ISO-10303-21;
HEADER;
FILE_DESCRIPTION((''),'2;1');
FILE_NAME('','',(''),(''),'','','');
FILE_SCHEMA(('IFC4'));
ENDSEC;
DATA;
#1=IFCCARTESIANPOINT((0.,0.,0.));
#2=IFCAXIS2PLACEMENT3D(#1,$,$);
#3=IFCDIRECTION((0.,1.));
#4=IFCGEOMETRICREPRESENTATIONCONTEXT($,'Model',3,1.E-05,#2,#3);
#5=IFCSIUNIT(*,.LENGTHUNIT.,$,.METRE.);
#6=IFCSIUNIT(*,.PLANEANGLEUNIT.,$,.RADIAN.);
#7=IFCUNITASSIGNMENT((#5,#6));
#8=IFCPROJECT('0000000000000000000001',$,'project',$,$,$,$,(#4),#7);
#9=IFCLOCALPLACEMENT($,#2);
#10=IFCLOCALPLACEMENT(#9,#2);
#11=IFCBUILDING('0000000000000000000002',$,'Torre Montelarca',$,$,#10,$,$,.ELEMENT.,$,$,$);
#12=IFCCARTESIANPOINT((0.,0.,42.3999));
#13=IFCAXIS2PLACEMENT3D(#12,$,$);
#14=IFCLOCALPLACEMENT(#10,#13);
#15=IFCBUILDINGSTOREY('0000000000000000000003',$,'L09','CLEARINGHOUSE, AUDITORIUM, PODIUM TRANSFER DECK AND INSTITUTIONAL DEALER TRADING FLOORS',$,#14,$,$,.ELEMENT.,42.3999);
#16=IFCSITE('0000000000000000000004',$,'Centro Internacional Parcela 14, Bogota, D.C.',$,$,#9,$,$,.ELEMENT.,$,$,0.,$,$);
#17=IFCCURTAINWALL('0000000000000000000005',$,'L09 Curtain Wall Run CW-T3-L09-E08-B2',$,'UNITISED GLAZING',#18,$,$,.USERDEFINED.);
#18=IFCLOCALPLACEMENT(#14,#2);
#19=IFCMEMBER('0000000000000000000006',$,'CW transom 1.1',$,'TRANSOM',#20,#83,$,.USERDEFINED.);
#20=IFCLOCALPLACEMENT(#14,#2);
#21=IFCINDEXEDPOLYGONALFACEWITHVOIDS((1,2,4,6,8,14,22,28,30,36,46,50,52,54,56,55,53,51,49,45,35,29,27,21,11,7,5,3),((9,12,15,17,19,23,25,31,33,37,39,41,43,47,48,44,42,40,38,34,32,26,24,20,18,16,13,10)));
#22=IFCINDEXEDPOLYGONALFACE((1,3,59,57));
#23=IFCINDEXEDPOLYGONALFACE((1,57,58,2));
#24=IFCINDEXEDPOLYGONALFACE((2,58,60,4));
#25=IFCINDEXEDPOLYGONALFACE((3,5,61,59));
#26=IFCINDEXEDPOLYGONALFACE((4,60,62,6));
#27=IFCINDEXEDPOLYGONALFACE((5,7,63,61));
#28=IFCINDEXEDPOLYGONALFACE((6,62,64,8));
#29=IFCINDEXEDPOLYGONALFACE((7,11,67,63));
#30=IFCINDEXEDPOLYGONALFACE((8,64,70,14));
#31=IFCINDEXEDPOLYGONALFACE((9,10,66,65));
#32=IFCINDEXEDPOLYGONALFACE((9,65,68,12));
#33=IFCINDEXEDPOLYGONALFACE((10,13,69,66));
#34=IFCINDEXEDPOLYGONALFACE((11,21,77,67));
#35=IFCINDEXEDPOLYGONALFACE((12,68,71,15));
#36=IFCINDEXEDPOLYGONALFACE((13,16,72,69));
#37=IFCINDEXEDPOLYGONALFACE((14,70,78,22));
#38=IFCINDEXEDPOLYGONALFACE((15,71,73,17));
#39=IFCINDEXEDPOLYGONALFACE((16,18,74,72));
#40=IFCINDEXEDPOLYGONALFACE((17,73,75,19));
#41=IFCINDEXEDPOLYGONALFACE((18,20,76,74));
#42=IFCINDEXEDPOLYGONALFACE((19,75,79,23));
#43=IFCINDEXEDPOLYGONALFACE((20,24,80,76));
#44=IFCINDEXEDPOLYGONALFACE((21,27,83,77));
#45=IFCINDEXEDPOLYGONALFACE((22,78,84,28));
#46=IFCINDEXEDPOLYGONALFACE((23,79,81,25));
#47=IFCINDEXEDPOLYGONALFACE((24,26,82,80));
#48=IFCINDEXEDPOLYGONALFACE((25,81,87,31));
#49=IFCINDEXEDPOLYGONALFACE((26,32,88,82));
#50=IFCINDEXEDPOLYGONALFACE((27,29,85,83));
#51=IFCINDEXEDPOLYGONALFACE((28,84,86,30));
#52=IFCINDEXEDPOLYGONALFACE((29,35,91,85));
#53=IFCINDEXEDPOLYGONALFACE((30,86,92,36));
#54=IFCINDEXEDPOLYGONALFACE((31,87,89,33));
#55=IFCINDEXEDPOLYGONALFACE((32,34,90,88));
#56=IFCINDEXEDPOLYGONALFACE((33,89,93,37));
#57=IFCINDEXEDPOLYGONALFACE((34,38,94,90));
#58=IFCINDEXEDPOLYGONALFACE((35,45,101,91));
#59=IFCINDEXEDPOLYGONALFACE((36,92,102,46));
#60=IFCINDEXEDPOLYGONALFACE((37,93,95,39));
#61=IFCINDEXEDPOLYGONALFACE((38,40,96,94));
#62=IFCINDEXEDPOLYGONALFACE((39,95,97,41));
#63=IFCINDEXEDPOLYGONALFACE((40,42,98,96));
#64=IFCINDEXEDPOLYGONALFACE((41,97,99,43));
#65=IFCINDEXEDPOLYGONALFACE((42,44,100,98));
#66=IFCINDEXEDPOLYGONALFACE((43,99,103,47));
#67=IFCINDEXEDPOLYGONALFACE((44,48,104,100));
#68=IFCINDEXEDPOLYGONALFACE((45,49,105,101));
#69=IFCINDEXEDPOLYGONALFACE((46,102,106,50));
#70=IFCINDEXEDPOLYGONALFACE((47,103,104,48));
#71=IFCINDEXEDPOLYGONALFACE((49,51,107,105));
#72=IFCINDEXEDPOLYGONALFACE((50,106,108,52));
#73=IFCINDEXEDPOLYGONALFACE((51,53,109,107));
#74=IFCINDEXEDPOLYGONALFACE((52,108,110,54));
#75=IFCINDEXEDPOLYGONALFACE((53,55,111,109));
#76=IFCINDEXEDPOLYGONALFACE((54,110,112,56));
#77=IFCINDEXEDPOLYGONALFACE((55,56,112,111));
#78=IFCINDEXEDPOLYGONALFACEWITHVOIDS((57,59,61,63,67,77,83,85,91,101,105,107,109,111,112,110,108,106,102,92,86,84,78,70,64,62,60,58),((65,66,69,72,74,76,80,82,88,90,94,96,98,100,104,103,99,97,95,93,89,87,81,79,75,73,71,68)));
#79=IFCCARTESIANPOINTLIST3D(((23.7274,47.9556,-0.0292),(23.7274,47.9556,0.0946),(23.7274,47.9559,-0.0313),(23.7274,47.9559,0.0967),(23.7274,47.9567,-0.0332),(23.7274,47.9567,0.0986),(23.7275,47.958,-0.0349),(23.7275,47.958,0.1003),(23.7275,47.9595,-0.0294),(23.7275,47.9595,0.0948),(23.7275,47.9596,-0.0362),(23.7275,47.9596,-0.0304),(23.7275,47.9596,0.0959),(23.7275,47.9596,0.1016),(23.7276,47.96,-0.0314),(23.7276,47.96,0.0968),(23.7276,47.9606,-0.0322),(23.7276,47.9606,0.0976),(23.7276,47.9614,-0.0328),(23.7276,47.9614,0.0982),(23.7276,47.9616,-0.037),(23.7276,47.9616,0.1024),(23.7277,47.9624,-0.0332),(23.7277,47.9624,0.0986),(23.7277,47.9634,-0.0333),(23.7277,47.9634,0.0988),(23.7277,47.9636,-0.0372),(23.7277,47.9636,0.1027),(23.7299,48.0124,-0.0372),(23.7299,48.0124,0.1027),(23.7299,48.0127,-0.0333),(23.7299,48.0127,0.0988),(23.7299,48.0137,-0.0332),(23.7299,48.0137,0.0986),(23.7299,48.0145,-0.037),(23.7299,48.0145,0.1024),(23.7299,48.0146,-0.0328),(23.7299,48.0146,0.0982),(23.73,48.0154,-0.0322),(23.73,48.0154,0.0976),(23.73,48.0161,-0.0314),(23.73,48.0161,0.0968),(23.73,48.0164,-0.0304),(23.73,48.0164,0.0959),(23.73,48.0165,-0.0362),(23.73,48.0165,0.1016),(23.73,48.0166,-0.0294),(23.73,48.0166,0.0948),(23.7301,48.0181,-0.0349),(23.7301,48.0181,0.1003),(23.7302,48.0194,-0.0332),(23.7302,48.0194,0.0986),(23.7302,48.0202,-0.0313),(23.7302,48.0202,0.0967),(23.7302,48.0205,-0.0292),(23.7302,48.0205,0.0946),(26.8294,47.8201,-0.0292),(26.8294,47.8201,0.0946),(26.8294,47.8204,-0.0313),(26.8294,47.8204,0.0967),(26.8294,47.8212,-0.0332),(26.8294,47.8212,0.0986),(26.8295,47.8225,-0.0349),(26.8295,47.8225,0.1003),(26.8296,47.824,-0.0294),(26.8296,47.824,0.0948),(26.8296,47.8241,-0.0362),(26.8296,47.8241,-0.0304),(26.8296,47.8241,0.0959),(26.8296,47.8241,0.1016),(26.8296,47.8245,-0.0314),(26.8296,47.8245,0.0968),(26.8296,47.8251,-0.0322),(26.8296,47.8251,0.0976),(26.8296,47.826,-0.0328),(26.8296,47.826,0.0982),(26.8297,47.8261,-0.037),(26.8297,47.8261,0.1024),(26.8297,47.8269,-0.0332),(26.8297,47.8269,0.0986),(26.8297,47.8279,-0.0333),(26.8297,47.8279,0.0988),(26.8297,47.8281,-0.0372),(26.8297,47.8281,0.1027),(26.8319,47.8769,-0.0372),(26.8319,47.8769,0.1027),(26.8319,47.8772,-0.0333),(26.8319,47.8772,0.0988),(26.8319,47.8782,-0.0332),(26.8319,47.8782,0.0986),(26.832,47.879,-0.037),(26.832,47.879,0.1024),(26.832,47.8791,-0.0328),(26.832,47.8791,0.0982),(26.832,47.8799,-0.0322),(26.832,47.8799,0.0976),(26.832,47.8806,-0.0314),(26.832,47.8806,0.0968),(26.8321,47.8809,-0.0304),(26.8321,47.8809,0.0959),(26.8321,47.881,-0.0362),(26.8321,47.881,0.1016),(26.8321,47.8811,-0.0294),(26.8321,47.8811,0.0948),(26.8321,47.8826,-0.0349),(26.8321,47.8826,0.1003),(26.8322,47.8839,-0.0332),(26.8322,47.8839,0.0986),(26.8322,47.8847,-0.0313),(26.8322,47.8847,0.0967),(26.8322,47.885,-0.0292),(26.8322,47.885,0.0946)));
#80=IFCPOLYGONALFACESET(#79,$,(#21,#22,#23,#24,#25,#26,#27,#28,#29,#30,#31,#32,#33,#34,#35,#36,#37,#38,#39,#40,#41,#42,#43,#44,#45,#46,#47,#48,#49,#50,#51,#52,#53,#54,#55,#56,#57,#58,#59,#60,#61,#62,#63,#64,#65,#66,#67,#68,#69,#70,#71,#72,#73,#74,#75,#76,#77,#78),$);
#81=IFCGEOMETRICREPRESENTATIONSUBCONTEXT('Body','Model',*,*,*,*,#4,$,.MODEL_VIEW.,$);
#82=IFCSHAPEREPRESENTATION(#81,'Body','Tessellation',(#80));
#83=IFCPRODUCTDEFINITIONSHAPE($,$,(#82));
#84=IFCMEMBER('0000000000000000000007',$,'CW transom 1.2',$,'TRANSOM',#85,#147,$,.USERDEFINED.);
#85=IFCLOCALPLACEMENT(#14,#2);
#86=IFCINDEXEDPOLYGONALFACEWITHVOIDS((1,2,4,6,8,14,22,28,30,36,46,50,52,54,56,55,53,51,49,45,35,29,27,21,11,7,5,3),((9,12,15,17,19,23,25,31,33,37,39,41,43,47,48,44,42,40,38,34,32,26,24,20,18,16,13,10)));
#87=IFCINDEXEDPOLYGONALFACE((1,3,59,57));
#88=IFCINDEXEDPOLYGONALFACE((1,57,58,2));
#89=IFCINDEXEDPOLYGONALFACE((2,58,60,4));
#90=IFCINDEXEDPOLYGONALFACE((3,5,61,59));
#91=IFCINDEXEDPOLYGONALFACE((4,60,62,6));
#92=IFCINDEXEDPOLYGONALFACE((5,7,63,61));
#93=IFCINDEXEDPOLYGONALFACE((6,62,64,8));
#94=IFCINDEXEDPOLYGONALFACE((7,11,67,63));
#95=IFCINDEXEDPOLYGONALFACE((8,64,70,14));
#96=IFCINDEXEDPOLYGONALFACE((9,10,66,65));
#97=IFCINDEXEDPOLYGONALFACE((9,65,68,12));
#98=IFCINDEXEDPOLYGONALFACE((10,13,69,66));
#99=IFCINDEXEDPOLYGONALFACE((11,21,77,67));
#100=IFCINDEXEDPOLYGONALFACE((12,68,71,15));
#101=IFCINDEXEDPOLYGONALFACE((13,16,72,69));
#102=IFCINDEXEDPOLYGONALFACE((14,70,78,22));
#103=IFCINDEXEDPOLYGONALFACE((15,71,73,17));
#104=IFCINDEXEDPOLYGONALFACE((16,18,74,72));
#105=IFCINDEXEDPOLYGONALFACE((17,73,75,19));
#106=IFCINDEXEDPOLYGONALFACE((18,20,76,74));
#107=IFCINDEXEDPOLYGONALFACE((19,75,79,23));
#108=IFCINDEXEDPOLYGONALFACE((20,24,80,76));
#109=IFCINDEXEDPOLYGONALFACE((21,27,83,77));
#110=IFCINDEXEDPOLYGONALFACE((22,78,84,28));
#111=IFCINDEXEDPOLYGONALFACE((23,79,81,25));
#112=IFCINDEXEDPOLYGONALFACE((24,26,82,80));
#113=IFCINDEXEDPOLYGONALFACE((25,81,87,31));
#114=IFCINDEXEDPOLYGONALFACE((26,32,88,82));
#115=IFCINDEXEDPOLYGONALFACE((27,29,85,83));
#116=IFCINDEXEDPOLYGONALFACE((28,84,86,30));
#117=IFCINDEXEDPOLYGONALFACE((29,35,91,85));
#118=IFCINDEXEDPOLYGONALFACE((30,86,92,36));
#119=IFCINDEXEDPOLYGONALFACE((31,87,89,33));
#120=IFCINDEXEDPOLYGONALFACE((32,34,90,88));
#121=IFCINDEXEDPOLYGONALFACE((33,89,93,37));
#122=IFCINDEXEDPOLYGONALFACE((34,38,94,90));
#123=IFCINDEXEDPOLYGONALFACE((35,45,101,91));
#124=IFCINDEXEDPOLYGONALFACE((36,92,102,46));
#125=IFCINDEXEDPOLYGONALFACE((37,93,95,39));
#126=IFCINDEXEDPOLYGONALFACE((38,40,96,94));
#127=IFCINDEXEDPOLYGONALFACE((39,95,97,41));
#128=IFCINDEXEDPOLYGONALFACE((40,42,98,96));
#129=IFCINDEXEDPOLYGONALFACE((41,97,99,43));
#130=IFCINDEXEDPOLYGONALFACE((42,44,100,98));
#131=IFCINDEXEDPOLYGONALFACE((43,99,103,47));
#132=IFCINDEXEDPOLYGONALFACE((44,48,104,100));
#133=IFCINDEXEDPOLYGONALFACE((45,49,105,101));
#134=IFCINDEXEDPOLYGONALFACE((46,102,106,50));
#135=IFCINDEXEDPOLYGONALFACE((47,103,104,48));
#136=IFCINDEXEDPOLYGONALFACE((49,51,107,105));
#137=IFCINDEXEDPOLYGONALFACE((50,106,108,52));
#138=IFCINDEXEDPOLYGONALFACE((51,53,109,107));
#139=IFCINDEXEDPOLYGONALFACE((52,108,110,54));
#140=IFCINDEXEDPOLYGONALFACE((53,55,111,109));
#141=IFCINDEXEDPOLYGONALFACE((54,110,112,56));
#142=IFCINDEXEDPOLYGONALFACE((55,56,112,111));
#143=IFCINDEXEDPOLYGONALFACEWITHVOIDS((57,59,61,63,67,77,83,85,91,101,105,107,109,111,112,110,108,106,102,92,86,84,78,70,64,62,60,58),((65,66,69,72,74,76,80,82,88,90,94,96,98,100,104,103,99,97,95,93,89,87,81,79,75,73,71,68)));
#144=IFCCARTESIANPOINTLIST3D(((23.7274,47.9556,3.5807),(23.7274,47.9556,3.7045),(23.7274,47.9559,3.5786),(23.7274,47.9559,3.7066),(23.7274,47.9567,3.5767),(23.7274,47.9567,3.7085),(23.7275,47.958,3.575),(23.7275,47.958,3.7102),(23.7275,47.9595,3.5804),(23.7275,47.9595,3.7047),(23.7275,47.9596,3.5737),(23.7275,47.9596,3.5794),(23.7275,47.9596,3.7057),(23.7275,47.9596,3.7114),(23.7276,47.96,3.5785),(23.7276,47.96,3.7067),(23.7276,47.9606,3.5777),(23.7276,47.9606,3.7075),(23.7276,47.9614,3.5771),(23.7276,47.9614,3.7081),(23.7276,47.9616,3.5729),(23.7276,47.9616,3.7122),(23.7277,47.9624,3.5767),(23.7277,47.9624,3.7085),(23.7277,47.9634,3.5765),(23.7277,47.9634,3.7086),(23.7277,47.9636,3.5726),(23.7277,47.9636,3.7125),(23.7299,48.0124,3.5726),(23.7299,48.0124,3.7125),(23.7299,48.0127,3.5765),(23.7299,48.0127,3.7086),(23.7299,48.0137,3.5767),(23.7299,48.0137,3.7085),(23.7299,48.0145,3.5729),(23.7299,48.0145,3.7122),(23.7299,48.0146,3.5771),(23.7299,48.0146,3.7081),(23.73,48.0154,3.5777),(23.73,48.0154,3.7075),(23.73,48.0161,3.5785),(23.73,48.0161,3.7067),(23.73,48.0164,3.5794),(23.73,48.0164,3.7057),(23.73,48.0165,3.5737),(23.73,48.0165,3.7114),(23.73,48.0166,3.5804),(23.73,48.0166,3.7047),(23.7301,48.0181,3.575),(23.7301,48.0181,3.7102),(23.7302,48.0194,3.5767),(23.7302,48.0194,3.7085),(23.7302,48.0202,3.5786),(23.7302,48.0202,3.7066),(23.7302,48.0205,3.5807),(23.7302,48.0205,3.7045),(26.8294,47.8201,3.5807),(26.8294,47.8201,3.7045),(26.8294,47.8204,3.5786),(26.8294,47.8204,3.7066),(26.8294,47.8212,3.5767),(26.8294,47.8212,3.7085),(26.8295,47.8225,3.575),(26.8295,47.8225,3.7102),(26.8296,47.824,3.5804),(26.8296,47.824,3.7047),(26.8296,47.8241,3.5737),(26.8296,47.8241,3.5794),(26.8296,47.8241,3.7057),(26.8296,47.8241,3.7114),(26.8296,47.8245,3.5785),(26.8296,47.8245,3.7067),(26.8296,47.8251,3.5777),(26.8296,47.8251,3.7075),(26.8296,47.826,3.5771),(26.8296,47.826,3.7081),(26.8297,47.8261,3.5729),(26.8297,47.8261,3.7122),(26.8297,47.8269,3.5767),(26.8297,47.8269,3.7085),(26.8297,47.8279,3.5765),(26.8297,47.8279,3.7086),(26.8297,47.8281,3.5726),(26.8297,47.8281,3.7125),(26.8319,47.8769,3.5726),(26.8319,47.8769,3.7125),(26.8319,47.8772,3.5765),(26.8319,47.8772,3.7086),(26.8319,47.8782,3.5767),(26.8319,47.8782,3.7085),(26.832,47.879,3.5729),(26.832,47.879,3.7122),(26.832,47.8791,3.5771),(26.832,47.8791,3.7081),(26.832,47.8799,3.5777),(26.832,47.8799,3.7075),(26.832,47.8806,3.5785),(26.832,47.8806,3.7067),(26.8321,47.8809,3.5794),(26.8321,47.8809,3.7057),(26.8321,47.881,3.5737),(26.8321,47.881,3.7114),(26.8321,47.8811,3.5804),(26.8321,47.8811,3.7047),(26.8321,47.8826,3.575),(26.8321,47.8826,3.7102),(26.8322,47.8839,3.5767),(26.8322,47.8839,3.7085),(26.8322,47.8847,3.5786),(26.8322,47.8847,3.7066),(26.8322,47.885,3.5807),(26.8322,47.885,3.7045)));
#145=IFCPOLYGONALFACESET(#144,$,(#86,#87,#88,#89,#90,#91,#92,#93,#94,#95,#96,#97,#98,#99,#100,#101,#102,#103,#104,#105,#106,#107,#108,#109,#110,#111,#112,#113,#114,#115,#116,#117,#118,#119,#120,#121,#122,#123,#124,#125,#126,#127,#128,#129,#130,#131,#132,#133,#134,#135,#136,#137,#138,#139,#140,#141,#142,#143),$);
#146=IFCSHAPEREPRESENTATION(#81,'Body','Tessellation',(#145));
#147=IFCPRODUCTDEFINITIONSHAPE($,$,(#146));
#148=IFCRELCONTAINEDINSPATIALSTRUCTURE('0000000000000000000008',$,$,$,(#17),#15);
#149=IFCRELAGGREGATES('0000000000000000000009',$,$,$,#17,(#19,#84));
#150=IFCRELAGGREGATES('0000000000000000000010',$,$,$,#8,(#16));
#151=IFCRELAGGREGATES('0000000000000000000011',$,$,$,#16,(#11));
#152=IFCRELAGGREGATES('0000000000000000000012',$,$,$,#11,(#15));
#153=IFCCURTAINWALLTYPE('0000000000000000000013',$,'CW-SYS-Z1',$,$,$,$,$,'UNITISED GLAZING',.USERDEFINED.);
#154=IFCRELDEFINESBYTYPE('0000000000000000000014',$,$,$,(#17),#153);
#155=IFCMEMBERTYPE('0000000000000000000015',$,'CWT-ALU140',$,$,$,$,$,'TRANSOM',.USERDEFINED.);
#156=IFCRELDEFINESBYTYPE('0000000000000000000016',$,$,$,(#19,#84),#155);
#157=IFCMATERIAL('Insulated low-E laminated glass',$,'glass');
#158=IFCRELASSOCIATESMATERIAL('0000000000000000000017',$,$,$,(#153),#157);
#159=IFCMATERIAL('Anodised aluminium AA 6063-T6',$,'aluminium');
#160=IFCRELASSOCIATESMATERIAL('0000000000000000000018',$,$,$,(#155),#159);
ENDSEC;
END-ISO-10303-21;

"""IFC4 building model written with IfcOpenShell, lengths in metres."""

from ifc_helpers import new_model, si_unit, direction, frame, origin, origin_2d, place, context, subcontext, project, spatial, hollow_rectangle, extrude, source, transform, mapped, material, material_profile, profile_set, type_object, element, aggregate, save


model = new_model("IFC4")

# Units and contexts
model_context = context("Model", 3, precision=1e-05, world=origin(), true_north=direction((0.0, 1.0)))
body_context = subcontext(model_context, "Body", "Model", "MODEL_VIEW")
ifc_project = project(units=[si_unit("LENGTHUNIT", "METRE"), si_unit("PLANEANGLEUNIT", "RADIAN")], contexts=[model_context])

# Site, building, storey
site_placement = place(None, origin())
site = spatial("IfcSite", under=ifc_project, at=site_placement, Name="Centro Internacional Parcela 14, Bogota, D.C.", CompositionType="ELEMENT", RefElevation=0.0)
building_placement = place(site_placement, origin())
building = spatial("IfcBuilding", under=site, at=building_placement, Name="Torre Montelarca", CompositionType="ELEMENT")
storey_placement = place(building_placement, frame((0.0, 0.0, 42.3999)))
storey = spatial("IfcBuildingStorey", under=building, at=storey_placement, Name="L09", Description="CLEARINGHOUSE, AUDITORIUM, PODIUM TRANSFER DECK AND INSTITUTIONAL DEALER TRADING FLOORS", CompositionType="ELEMENT", Elevation=42.3999)

# Shared definitions
ifc_material_1 = material(Name="Insulated low-E laminated glass", Category="glass")
curtain_wall_type = type_object("IfcCurtainWallType", Name="CW-SYS-Z1", ElementType="UNITISED GLAZING", PredefinedType="USERDEFINED", material=ifc_material_1)
ifc_material_2 = material(Name="Anodised aluminium AA 6063-T6", Category="aluminium")

# Curtain wall, members
curtain_wall_1_placement = place(storey_placement, origin())
curtain_wall_1 = element("IfcCurtainWall", 1, at=curtain_wall_1_placement, inside=storey, type_object=curtain_wall_type, Name="L09 Curtain Wall Run CW-T3-L09-E08-B2", ObjectType="UNITISED GLAZING", PredefinedType="USERDEFINED")
ifc_material_profile_1 = material_profile(ifc_material_2, hollow_rectangle(XDim=0.0649, YDim=0.1399, WallThickness=0.0039, InnerFilletRadius=0.0039, OuterFilletRadius=0.0081, at=origin_2d()), Name="ALU65X140X4", Category="aluminium")
ifc_profile_set_1 = profile_set([ifc_material_profile_1], Name="Anodised aluminium AA 6063-T6")
member_type_1 = type_object("IfcMemberType", Name="CWT-ALU140", ElementType="TRANSOM", PredefinedType="USERDEFINED", material=ifc_profile_set_1)
shared_shape_1 = source(origin(), body_context, "Body", "SweptSolid", [
    extrude(hollow_rectangle(XDim=0.0649, YDim=0.1399, WallThickness=0.0039, InnerFilletRadius=0.0039, OuterFilletRadius=0.0081, at=origin_2d()), origin(), (0.0, 0.0, 1.0), 3.105),
])
member_1_placement = place(storey_placement, frame((26.8308, 47.8525, 0.0327), z_axis=(-0.999047, 0.043639, 0.0), x_axis=(-0.043639, -0.999047, 0.0)))
member_1 = element("IfcMember", 2, at=member_1_placement, type_object=member_type_1, Name="CW transom 1.1", ObjectType="TRANSOM", PredefinedType="USERDEFINED", context=body_context, shape_type="MappedRepresentation", body=[
    mapped(shared_shape_1, transform((0.0, 0.0, 0.0), scale=1.0)),
])
member_2_placement = place(storey_placement, frame((26.8308, 47.8525, 3.6426), z_axis=(-0.999047, 0.043639, 0.0), x_axis=(-0.043639, -0.999047, 0.0)))
member_2 = element("IfcMember", 3, at=member_2_placement, type_object=member_type_1, Name="CW transom 1.2", ObjectType="TRANSOM", PredefinedType="USERDEFINED", context=body_context, shape_type="MappedRepresentation", body=[
    mapped(shared_shape_1, transform((0.0, 0.0, 0.0), scale=1.0)),
])
aggregate(curtain_wall_1, [member_1, member_2])

save(model, "model.ifc")
